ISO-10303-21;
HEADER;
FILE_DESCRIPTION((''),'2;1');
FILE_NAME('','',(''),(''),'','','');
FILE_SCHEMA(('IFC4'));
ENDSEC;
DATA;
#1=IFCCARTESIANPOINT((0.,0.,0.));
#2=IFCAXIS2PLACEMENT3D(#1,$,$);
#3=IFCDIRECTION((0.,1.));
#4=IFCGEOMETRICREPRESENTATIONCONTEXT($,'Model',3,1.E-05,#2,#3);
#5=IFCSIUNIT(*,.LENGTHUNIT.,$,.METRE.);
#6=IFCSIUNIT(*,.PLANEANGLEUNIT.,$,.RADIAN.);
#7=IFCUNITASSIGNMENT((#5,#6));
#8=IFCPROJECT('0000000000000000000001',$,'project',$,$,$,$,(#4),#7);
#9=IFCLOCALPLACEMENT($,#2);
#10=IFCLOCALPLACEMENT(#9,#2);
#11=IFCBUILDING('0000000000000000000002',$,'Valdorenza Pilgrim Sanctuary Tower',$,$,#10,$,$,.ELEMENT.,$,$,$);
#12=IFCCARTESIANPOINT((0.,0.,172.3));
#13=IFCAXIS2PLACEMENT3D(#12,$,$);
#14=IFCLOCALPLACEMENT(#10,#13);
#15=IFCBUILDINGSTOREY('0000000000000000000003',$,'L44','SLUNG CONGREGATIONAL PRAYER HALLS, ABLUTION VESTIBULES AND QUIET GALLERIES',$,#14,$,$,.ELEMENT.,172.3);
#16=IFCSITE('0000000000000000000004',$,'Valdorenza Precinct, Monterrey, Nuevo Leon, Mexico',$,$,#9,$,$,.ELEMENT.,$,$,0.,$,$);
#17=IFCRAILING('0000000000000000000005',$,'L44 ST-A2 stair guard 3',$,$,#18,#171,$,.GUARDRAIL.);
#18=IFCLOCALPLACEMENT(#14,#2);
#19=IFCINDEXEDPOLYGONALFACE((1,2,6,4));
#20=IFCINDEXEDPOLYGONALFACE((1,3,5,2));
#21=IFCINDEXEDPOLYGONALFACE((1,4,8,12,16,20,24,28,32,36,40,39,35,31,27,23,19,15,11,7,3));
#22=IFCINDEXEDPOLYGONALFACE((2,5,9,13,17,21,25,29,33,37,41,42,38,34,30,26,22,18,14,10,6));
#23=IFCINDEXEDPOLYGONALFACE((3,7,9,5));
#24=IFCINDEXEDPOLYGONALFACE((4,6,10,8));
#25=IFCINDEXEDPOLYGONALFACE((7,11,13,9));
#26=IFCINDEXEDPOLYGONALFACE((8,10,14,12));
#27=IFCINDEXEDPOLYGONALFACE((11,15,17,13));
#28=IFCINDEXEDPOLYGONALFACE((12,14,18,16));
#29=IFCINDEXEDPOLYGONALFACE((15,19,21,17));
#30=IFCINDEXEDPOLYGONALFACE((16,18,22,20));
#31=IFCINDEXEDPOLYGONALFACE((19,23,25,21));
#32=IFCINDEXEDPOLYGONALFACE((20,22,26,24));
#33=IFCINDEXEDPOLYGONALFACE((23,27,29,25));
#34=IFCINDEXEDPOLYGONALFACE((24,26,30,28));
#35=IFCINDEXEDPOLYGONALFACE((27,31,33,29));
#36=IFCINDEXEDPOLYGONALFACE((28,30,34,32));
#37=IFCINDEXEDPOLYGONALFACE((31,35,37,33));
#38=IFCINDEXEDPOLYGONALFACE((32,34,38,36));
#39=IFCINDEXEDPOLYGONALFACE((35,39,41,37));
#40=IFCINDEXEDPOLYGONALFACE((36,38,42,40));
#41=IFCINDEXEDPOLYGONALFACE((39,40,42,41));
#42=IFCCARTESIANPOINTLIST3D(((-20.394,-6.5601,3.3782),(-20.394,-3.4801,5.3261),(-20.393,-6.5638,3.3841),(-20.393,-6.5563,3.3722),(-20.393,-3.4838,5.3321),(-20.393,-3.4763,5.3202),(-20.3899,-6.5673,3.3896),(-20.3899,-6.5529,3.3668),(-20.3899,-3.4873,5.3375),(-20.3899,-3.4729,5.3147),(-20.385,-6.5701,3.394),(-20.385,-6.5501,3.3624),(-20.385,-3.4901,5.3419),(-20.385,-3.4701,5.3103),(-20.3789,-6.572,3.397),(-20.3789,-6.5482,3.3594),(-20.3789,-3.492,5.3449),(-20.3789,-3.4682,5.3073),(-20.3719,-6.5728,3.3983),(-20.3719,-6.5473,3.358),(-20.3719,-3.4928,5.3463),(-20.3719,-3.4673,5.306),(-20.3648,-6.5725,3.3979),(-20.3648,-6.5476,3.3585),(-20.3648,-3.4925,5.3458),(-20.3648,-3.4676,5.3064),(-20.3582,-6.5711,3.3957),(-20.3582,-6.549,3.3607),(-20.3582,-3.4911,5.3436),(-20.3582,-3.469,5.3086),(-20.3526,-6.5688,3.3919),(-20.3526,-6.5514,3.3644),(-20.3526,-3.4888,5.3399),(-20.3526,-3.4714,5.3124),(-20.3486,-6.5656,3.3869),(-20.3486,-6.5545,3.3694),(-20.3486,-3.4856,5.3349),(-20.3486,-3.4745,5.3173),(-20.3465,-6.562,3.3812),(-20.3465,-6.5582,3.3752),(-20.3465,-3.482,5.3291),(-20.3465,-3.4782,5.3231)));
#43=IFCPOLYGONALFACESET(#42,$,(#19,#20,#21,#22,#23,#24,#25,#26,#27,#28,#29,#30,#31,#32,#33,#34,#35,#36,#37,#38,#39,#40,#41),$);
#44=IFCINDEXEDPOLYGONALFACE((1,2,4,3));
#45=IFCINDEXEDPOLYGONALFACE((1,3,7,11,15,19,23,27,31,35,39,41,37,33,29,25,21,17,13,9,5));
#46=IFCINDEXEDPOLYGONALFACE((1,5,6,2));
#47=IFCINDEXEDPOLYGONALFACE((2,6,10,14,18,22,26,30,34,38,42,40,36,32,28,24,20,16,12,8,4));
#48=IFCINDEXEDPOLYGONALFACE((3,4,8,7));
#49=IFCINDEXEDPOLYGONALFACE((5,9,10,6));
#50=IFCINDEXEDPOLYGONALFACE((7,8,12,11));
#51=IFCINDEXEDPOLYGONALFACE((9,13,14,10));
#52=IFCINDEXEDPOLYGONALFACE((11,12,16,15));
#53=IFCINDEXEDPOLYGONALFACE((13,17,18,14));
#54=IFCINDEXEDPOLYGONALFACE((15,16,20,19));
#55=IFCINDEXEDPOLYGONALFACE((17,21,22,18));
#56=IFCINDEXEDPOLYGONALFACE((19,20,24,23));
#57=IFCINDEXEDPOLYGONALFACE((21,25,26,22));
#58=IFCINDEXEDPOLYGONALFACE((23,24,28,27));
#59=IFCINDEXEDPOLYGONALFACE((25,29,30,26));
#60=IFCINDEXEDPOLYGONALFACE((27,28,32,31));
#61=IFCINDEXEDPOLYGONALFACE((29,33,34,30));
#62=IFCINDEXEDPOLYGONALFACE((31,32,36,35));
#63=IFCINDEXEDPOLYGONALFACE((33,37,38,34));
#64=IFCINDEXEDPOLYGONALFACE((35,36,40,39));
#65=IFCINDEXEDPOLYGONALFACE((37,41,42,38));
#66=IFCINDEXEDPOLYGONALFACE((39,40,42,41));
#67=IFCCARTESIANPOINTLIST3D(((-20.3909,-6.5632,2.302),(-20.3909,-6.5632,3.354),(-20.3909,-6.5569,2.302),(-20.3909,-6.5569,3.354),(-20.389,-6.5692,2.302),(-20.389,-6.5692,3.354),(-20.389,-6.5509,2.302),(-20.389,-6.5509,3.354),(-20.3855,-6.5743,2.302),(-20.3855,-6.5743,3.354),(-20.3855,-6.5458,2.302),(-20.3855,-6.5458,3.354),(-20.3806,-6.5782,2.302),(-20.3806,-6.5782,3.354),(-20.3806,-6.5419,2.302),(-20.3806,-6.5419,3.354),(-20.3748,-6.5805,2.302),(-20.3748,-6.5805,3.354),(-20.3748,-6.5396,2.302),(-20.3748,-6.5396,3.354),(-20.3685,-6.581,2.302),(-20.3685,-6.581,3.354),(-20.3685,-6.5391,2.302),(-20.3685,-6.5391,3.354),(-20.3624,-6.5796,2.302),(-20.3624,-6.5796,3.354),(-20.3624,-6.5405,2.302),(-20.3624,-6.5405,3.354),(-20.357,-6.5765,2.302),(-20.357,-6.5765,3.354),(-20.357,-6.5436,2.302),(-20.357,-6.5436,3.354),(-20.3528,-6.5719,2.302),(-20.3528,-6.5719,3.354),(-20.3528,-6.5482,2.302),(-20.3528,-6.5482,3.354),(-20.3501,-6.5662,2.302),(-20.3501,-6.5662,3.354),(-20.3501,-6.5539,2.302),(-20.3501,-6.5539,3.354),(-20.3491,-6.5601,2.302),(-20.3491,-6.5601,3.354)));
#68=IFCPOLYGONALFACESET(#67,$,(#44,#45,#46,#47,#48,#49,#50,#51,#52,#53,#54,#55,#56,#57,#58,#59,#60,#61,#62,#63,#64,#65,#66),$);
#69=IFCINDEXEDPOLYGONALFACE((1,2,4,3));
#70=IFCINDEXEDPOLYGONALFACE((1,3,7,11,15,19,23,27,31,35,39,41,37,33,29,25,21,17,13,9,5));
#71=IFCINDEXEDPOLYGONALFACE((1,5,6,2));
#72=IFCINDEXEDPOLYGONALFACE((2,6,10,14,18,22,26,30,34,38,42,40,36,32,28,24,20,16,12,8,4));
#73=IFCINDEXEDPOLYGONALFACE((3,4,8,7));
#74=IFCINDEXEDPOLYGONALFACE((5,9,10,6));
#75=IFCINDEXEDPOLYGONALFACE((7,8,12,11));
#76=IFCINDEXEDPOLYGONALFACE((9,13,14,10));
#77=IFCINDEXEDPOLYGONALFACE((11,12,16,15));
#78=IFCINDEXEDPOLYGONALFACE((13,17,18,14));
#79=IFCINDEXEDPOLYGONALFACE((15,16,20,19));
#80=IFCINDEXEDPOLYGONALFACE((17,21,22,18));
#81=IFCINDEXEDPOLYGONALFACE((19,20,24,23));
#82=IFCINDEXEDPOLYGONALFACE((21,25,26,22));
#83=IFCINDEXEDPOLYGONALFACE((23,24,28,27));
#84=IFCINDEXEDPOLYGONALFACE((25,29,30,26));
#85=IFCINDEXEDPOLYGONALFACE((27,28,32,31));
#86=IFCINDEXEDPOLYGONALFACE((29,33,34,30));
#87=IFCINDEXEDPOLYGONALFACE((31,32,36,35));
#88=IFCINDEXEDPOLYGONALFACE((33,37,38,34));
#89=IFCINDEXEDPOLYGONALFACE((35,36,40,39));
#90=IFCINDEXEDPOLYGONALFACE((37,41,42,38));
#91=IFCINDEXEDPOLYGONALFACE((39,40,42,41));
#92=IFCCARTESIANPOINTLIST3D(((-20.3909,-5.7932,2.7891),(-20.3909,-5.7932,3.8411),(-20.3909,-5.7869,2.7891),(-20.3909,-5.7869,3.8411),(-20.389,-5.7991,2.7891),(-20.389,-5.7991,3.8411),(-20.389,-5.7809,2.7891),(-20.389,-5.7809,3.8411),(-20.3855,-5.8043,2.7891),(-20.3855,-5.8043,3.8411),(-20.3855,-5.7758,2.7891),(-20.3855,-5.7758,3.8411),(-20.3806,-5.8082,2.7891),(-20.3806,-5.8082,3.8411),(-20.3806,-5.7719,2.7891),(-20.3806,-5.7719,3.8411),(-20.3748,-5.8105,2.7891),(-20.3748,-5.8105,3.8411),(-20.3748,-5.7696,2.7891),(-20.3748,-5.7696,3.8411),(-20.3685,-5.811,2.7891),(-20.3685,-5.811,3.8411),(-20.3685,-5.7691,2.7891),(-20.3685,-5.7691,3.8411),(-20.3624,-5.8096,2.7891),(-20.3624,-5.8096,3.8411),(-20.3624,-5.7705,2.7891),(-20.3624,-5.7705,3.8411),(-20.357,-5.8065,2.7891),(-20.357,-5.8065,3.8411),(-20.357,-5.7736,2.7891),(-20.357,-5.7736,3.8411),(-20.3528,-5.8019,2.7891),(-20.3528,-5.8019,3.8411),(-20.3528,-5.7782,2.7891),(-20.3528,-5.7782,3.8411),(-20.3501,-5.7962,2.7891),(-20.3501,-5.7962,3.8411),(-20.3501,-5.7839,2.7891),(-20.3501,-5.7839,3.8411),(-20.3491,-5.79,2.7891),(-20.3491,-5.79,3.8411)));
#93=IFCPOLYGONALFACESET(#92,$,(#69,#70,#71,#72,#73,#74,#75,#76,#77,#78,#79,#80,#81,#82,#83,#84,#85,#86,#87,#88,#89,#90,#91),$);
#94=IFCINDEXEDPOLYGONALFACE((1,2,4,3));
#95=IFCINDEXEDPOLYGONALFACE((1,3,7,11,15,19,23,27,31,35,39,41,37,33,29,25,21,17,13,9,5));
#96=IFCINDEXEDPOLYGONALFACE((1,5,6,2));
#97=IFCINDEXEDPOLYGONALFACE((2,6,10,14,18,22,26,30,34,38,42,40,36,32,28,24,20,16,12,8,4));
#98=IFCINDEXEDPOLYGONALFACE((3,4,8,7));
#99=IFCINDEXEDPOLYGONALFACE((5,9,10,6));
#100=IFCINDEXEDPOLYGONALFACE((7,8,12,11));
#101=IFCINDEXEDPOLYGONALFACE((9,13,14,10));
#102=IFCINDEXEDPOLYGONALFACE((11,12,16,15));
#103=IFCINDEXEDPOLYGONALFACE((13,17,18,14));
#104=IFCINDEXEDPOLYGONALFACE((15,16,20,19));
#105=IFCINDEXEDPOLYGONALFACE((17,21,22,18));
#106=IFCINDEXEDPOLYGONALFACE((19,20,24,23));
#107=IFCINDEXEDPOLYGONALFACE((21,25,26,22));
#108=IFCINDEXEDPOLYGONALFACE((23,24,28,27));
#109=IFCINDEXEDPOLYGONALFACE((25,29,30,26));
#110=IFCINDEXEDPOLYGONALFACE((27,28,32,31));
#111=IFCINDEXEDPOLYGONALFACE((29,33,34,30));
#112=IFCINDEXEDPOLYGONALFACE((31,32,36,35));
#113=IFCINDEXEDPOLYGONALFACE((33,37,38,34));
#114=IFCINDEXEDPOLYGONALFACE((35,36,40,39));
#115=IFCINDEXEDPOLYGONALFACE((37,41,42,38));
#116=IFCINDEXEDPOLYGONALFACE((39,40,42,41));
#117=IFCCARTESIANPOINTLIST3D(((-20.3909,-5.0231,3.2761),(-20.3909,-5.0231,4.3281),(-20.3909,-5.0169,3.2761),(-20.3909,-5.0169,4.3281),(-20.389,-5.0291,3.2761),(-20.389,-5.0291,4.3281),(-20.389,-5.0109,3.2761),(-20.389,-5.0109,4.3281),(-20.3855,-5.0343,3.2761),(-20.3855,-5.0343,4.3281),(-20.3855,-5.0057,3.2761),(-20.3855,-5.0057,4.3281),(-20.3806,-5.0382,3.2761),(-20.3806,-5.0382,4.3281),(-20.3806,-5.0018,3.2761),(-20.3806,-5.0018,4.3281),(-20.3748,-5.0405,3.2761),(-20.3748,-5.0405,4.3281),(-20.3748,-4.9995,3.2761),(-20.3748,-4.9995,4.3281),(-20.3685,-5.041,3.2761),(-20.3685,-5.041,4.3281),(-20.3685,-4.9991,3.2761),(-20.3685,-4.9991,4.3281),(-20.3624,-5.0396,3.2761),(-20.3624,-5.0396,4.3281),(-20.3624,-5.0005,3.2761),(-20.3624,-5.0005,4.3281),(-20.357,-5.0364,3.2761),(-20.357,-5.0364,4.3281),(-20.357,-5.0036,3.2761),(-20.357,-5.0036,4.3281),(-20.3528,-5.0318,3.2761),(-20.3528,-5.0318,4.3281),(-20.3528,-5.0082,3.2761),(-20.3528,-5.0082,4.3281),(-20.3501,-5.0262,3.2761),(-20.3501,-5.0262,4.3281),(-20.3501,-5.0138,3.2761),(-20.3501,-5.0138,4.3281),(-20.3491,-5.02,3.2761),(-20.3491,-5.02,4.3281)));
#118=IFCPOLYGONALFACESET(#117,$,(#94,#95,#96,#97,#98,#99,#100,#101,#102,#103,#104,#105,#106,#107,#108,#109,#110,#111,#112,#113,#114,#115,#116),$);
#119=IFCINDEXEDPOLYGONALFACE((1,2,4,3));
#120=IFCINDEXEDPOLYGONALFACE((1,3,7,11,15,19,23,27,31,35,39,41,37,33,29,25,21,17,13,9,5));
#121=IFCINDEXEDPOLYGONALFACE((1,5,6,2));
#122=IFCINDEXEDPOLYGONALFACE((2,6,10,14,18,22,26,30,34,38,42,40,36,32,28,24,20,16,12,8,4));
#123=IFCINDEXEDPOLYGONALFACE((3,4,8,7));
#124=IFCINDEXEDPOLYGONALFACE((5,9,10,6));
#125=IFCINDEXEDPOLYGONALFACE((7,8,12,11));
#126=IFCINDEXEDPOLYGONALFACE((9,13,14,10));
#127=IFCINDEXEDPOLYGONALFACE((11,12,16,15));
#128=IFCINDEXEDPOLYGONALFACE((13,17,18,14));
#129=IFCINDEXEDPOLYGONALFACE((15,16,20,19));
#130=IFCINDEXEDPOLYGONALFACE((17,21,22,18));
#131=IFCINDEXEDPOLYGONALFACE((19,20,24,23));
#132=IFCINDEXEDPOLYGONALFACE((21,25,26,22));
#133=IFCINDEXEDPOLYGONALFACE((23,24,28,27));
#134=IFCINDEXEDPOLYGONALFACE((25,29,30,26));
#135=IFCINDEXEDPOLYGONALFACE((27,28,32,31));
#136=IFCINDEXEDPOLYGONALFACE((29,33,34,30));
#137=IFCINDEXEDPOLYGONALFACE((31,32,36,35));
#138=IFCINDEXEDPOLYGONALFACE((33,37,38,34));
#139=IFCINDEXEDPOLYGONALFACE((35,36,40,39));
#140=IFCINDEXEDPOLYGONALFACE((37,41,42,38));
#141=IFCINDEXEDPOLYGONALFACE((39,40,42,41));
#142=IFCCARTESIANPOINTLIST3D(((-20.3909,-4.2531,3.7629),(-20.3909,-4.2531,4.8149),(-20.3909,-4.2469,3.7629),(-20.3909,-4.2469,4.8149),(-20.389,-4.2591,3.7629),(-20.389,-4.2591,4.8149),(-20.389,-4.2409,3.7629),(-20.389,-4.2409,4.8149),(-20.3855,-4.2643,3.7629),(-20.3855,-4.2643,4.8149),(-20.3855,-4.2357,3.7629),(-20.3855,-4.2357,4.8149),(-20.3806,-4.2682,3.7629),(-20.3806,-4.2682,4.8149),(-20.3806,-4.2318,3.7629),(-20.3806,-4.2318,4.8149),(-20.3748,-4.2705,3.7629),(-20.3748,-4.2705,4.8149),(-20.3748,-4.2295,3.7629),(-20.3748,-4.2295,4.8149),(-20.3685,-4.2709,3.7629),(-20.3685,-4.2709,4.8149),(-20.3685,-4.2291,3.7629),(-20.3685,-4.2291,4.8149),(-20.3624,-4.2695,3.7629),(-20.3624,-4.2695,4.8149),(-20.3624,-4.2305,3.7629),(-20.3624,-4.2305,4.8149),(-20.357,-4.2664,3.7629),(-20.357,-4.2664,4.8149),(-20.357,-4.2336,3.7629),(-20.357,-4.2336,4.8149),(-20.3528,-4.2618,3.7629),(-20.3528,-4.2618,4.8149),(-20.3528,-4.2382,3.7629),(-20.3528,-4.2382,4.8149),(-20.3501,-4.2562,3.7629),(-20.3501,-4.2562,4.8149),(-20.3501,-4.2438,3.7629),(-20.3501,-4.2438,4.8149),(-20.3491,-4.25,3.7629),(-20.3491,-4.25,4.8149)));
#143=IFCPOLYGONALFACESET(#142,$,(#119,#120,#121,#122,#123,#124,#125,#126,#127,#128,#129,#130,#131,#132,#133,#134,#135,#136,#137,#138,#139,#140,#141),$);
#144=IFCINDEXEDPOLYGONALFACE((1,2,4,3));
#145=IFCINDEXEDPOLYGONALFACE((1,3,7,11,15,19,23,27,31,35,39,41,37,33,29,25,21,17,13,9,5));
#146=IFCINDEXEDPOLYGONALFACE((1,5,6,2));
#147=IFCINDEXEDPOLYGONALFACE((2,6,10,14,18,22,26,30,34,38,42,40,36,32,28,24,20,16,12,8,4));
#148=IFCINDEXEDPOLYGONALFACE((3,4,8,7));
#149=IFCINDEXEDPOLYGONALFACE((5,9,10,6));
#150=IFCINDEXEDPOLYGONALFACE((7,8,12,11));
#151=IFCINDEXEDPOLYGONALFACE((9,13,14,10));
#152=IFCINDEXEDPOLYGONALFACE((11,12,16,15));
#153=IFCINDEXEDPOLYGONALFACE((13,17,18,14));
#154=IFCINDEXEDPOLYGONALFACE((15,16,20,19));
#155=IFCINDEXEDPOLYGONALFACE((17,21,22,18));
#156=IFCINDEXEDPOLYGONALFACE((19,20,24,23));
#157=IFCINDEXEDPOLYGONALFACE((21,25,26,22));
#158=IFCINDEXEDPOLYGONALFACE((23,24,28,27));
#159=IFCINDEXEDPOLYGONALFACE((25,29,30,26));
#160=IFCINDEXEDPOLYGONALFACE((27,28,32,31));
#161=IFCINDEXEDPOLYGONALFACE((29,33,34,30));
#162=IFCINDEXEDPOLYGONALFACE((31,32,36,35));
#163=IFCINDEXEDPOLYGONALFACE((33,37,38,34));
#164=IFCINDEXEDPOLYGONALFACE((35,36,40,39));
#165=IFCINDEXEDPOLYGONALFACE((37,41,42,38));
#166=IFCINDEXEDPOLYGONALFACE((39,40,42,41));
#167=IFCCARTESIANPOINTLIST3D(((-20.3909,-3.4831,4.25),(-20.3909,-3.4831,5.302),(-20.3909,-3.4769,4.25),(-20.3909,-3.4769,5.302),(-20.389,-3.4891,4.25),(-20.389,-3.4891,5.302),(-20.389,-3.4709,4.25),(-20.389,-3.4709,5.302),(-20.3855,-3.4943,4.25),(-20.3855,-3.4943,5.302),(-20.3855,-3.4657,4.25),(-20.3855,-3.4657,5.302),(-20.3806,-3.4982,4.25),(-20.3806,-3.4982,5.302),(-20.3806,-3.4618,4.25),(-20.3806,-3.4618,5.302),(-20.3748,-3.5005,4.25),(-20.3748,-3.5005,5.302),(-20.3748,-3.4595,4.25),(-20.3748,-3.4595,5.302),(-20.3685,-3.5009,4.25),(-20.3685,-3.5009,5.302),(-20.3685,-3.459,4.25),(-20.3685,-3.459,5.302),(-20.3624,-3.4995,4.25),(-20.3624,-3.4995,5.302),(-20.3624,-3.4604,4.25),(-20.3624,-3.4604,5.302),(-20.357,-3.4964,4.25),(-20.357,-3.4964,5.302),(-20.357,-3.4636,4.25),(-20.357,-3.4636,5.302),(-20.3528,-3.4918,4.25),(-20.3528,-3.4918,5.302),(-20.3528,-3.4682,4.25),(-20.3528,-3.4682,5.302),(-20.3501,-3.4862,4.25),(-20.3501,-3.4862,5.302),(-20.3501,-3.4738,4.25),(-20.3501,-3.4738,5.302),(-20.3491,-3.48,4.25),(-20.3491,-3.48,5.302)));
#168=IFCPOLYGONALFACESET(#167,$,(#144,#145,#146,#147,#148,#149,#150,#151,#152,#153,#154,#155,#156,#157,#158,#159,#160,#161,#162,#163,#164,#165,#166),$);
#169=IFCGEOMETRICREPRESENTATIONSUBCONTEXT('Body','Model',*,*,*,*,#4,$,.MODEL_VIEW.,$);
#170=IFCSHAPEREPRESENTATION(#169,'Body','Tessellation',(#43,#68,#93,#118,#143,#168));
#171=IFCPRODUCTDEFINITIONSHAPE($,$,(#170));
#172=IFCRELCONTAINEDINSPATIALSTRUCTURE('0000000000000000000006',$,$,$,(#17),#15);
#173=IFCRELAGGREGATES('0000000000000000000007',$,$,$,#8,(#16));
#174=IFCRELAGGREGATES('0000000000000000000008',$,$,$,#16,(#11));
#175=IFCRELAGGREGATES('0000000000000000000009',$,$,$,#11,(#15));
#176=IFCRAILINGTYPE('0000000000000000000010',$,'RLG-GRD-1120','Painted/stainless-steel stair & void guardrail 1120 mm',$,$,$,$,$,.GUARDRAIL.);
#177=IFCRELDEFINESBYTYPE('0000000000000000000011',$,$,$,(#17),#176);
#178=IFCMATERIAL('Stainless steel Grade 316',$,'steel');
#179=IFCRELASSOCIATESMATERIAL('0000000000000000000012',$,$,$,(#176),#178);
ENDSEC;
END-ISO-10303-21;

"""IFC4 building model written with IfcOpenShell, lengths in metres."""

from ifc_helpers import new_model, si_unit, direction, frame, origin, origin_2d, place, context, subcontext, project, spatial, circle, extrude, material, type_object, element, save


model = new_model("IFC4")

# Units and contexts
model_context = context("Model", 3, precision=1e-05, world=origin(), true_north=direction((0.0, 1.0)))
body_context = subcontext(model_context, "Body", "Model", "MODEL_VIEW")
ifc_project = project(units=[si_unit("LENGTHUNIT", "METRE"), si_unit("PLANEANGLEUNIT", "RADIAN")], contexts=[model_context])

# Site, building, storey
site_placement = place(None, origin())
site = spatial("IfcSite", under=ifc_project, at=site_placement, Name="Valdorenza Precinct, Monterrey, Nuevo Leon, Mexico", CompositionType="ELEMENT", RefElevation=0.0)
building_placement = place(site_placement, origin())
building = spatial("IfcBuilding", under=site, at=building_placement, Name="Valdorenza Pilgrim Sanctuary Tower", CompositionType="ELEMENT")
storey_placement = place(building_placement, frame((0.0, 0.0, 172.3)))
storey = spatial("IfcBuildingStorey", under=building, at=storey_placement, Name="L44", Description="SLUNG CONGREGATIONAL PRAYER HALLS, ABLUTION VESTIBULES AND QUIET GALLERIES", CompositionType="ELEMENT", Elevation=172.3)

# Railing
ifc_material_1 = material(Name="Stainless steel Grade 316", Category="steel")
railing_type_1 = type_object("IfcRailingType", Name="RLG-GRD-1120", Description="Painted/stainless-steel stair & void guardrail 1120 mm", PredefinedType="GUARDRAIL", material=ifc_material_1)
railing_1_placement = place(storey_placement, frame((-20.3701, -6.5601, 2.302)))
element("IfcRailing", 1, at=railing_1_placement, inside=storey, type_object=railing_type_1, Name="L44 ST-A2 stair guard 3", PredefinedType="GUARDRAIL", context=body_context, shape_type="SweptSolid", body=[
    extrude(circle(Radius=0.0239, at=origin_2d()), frame((0.0, 0.0, 1.0762), z_axis=(0.0, 0.845156, 0.53452), x_axis=(-1.0, 0.0, 0.0)), (0.0, 0.0, 1.0), 3.6443),
    extrude(circle(Radius=0.021, at=origin_2d()), origin(), (0.0, 0.0, 1.0), 1.052),
    extrude(circle(Radius=0.021, at=origin_2d()), frame((0.0, 0.77, 0.4871)), (0.0, 0.0, 1.0), 1.052),
    extrude(circle(Radius=0.021, at=origin_2d()), frame((0.0, 1.54, 0.9741)), (0.0, 0.0, 1.0), 1.052),
    extrude(circle(Radius=0.021, at=origin_2d()), frame((0.0, 2.3101, 1.4609)), (0.0, 0.0, 1.0), 1.052),
    extrude(circle(Radius=0.021, at=origin_2d()), frame((0.0, 3.0801, 1.948)), (0.0, 0.0, 1.0), 1.052),
])

save(model, "model.ifc")
